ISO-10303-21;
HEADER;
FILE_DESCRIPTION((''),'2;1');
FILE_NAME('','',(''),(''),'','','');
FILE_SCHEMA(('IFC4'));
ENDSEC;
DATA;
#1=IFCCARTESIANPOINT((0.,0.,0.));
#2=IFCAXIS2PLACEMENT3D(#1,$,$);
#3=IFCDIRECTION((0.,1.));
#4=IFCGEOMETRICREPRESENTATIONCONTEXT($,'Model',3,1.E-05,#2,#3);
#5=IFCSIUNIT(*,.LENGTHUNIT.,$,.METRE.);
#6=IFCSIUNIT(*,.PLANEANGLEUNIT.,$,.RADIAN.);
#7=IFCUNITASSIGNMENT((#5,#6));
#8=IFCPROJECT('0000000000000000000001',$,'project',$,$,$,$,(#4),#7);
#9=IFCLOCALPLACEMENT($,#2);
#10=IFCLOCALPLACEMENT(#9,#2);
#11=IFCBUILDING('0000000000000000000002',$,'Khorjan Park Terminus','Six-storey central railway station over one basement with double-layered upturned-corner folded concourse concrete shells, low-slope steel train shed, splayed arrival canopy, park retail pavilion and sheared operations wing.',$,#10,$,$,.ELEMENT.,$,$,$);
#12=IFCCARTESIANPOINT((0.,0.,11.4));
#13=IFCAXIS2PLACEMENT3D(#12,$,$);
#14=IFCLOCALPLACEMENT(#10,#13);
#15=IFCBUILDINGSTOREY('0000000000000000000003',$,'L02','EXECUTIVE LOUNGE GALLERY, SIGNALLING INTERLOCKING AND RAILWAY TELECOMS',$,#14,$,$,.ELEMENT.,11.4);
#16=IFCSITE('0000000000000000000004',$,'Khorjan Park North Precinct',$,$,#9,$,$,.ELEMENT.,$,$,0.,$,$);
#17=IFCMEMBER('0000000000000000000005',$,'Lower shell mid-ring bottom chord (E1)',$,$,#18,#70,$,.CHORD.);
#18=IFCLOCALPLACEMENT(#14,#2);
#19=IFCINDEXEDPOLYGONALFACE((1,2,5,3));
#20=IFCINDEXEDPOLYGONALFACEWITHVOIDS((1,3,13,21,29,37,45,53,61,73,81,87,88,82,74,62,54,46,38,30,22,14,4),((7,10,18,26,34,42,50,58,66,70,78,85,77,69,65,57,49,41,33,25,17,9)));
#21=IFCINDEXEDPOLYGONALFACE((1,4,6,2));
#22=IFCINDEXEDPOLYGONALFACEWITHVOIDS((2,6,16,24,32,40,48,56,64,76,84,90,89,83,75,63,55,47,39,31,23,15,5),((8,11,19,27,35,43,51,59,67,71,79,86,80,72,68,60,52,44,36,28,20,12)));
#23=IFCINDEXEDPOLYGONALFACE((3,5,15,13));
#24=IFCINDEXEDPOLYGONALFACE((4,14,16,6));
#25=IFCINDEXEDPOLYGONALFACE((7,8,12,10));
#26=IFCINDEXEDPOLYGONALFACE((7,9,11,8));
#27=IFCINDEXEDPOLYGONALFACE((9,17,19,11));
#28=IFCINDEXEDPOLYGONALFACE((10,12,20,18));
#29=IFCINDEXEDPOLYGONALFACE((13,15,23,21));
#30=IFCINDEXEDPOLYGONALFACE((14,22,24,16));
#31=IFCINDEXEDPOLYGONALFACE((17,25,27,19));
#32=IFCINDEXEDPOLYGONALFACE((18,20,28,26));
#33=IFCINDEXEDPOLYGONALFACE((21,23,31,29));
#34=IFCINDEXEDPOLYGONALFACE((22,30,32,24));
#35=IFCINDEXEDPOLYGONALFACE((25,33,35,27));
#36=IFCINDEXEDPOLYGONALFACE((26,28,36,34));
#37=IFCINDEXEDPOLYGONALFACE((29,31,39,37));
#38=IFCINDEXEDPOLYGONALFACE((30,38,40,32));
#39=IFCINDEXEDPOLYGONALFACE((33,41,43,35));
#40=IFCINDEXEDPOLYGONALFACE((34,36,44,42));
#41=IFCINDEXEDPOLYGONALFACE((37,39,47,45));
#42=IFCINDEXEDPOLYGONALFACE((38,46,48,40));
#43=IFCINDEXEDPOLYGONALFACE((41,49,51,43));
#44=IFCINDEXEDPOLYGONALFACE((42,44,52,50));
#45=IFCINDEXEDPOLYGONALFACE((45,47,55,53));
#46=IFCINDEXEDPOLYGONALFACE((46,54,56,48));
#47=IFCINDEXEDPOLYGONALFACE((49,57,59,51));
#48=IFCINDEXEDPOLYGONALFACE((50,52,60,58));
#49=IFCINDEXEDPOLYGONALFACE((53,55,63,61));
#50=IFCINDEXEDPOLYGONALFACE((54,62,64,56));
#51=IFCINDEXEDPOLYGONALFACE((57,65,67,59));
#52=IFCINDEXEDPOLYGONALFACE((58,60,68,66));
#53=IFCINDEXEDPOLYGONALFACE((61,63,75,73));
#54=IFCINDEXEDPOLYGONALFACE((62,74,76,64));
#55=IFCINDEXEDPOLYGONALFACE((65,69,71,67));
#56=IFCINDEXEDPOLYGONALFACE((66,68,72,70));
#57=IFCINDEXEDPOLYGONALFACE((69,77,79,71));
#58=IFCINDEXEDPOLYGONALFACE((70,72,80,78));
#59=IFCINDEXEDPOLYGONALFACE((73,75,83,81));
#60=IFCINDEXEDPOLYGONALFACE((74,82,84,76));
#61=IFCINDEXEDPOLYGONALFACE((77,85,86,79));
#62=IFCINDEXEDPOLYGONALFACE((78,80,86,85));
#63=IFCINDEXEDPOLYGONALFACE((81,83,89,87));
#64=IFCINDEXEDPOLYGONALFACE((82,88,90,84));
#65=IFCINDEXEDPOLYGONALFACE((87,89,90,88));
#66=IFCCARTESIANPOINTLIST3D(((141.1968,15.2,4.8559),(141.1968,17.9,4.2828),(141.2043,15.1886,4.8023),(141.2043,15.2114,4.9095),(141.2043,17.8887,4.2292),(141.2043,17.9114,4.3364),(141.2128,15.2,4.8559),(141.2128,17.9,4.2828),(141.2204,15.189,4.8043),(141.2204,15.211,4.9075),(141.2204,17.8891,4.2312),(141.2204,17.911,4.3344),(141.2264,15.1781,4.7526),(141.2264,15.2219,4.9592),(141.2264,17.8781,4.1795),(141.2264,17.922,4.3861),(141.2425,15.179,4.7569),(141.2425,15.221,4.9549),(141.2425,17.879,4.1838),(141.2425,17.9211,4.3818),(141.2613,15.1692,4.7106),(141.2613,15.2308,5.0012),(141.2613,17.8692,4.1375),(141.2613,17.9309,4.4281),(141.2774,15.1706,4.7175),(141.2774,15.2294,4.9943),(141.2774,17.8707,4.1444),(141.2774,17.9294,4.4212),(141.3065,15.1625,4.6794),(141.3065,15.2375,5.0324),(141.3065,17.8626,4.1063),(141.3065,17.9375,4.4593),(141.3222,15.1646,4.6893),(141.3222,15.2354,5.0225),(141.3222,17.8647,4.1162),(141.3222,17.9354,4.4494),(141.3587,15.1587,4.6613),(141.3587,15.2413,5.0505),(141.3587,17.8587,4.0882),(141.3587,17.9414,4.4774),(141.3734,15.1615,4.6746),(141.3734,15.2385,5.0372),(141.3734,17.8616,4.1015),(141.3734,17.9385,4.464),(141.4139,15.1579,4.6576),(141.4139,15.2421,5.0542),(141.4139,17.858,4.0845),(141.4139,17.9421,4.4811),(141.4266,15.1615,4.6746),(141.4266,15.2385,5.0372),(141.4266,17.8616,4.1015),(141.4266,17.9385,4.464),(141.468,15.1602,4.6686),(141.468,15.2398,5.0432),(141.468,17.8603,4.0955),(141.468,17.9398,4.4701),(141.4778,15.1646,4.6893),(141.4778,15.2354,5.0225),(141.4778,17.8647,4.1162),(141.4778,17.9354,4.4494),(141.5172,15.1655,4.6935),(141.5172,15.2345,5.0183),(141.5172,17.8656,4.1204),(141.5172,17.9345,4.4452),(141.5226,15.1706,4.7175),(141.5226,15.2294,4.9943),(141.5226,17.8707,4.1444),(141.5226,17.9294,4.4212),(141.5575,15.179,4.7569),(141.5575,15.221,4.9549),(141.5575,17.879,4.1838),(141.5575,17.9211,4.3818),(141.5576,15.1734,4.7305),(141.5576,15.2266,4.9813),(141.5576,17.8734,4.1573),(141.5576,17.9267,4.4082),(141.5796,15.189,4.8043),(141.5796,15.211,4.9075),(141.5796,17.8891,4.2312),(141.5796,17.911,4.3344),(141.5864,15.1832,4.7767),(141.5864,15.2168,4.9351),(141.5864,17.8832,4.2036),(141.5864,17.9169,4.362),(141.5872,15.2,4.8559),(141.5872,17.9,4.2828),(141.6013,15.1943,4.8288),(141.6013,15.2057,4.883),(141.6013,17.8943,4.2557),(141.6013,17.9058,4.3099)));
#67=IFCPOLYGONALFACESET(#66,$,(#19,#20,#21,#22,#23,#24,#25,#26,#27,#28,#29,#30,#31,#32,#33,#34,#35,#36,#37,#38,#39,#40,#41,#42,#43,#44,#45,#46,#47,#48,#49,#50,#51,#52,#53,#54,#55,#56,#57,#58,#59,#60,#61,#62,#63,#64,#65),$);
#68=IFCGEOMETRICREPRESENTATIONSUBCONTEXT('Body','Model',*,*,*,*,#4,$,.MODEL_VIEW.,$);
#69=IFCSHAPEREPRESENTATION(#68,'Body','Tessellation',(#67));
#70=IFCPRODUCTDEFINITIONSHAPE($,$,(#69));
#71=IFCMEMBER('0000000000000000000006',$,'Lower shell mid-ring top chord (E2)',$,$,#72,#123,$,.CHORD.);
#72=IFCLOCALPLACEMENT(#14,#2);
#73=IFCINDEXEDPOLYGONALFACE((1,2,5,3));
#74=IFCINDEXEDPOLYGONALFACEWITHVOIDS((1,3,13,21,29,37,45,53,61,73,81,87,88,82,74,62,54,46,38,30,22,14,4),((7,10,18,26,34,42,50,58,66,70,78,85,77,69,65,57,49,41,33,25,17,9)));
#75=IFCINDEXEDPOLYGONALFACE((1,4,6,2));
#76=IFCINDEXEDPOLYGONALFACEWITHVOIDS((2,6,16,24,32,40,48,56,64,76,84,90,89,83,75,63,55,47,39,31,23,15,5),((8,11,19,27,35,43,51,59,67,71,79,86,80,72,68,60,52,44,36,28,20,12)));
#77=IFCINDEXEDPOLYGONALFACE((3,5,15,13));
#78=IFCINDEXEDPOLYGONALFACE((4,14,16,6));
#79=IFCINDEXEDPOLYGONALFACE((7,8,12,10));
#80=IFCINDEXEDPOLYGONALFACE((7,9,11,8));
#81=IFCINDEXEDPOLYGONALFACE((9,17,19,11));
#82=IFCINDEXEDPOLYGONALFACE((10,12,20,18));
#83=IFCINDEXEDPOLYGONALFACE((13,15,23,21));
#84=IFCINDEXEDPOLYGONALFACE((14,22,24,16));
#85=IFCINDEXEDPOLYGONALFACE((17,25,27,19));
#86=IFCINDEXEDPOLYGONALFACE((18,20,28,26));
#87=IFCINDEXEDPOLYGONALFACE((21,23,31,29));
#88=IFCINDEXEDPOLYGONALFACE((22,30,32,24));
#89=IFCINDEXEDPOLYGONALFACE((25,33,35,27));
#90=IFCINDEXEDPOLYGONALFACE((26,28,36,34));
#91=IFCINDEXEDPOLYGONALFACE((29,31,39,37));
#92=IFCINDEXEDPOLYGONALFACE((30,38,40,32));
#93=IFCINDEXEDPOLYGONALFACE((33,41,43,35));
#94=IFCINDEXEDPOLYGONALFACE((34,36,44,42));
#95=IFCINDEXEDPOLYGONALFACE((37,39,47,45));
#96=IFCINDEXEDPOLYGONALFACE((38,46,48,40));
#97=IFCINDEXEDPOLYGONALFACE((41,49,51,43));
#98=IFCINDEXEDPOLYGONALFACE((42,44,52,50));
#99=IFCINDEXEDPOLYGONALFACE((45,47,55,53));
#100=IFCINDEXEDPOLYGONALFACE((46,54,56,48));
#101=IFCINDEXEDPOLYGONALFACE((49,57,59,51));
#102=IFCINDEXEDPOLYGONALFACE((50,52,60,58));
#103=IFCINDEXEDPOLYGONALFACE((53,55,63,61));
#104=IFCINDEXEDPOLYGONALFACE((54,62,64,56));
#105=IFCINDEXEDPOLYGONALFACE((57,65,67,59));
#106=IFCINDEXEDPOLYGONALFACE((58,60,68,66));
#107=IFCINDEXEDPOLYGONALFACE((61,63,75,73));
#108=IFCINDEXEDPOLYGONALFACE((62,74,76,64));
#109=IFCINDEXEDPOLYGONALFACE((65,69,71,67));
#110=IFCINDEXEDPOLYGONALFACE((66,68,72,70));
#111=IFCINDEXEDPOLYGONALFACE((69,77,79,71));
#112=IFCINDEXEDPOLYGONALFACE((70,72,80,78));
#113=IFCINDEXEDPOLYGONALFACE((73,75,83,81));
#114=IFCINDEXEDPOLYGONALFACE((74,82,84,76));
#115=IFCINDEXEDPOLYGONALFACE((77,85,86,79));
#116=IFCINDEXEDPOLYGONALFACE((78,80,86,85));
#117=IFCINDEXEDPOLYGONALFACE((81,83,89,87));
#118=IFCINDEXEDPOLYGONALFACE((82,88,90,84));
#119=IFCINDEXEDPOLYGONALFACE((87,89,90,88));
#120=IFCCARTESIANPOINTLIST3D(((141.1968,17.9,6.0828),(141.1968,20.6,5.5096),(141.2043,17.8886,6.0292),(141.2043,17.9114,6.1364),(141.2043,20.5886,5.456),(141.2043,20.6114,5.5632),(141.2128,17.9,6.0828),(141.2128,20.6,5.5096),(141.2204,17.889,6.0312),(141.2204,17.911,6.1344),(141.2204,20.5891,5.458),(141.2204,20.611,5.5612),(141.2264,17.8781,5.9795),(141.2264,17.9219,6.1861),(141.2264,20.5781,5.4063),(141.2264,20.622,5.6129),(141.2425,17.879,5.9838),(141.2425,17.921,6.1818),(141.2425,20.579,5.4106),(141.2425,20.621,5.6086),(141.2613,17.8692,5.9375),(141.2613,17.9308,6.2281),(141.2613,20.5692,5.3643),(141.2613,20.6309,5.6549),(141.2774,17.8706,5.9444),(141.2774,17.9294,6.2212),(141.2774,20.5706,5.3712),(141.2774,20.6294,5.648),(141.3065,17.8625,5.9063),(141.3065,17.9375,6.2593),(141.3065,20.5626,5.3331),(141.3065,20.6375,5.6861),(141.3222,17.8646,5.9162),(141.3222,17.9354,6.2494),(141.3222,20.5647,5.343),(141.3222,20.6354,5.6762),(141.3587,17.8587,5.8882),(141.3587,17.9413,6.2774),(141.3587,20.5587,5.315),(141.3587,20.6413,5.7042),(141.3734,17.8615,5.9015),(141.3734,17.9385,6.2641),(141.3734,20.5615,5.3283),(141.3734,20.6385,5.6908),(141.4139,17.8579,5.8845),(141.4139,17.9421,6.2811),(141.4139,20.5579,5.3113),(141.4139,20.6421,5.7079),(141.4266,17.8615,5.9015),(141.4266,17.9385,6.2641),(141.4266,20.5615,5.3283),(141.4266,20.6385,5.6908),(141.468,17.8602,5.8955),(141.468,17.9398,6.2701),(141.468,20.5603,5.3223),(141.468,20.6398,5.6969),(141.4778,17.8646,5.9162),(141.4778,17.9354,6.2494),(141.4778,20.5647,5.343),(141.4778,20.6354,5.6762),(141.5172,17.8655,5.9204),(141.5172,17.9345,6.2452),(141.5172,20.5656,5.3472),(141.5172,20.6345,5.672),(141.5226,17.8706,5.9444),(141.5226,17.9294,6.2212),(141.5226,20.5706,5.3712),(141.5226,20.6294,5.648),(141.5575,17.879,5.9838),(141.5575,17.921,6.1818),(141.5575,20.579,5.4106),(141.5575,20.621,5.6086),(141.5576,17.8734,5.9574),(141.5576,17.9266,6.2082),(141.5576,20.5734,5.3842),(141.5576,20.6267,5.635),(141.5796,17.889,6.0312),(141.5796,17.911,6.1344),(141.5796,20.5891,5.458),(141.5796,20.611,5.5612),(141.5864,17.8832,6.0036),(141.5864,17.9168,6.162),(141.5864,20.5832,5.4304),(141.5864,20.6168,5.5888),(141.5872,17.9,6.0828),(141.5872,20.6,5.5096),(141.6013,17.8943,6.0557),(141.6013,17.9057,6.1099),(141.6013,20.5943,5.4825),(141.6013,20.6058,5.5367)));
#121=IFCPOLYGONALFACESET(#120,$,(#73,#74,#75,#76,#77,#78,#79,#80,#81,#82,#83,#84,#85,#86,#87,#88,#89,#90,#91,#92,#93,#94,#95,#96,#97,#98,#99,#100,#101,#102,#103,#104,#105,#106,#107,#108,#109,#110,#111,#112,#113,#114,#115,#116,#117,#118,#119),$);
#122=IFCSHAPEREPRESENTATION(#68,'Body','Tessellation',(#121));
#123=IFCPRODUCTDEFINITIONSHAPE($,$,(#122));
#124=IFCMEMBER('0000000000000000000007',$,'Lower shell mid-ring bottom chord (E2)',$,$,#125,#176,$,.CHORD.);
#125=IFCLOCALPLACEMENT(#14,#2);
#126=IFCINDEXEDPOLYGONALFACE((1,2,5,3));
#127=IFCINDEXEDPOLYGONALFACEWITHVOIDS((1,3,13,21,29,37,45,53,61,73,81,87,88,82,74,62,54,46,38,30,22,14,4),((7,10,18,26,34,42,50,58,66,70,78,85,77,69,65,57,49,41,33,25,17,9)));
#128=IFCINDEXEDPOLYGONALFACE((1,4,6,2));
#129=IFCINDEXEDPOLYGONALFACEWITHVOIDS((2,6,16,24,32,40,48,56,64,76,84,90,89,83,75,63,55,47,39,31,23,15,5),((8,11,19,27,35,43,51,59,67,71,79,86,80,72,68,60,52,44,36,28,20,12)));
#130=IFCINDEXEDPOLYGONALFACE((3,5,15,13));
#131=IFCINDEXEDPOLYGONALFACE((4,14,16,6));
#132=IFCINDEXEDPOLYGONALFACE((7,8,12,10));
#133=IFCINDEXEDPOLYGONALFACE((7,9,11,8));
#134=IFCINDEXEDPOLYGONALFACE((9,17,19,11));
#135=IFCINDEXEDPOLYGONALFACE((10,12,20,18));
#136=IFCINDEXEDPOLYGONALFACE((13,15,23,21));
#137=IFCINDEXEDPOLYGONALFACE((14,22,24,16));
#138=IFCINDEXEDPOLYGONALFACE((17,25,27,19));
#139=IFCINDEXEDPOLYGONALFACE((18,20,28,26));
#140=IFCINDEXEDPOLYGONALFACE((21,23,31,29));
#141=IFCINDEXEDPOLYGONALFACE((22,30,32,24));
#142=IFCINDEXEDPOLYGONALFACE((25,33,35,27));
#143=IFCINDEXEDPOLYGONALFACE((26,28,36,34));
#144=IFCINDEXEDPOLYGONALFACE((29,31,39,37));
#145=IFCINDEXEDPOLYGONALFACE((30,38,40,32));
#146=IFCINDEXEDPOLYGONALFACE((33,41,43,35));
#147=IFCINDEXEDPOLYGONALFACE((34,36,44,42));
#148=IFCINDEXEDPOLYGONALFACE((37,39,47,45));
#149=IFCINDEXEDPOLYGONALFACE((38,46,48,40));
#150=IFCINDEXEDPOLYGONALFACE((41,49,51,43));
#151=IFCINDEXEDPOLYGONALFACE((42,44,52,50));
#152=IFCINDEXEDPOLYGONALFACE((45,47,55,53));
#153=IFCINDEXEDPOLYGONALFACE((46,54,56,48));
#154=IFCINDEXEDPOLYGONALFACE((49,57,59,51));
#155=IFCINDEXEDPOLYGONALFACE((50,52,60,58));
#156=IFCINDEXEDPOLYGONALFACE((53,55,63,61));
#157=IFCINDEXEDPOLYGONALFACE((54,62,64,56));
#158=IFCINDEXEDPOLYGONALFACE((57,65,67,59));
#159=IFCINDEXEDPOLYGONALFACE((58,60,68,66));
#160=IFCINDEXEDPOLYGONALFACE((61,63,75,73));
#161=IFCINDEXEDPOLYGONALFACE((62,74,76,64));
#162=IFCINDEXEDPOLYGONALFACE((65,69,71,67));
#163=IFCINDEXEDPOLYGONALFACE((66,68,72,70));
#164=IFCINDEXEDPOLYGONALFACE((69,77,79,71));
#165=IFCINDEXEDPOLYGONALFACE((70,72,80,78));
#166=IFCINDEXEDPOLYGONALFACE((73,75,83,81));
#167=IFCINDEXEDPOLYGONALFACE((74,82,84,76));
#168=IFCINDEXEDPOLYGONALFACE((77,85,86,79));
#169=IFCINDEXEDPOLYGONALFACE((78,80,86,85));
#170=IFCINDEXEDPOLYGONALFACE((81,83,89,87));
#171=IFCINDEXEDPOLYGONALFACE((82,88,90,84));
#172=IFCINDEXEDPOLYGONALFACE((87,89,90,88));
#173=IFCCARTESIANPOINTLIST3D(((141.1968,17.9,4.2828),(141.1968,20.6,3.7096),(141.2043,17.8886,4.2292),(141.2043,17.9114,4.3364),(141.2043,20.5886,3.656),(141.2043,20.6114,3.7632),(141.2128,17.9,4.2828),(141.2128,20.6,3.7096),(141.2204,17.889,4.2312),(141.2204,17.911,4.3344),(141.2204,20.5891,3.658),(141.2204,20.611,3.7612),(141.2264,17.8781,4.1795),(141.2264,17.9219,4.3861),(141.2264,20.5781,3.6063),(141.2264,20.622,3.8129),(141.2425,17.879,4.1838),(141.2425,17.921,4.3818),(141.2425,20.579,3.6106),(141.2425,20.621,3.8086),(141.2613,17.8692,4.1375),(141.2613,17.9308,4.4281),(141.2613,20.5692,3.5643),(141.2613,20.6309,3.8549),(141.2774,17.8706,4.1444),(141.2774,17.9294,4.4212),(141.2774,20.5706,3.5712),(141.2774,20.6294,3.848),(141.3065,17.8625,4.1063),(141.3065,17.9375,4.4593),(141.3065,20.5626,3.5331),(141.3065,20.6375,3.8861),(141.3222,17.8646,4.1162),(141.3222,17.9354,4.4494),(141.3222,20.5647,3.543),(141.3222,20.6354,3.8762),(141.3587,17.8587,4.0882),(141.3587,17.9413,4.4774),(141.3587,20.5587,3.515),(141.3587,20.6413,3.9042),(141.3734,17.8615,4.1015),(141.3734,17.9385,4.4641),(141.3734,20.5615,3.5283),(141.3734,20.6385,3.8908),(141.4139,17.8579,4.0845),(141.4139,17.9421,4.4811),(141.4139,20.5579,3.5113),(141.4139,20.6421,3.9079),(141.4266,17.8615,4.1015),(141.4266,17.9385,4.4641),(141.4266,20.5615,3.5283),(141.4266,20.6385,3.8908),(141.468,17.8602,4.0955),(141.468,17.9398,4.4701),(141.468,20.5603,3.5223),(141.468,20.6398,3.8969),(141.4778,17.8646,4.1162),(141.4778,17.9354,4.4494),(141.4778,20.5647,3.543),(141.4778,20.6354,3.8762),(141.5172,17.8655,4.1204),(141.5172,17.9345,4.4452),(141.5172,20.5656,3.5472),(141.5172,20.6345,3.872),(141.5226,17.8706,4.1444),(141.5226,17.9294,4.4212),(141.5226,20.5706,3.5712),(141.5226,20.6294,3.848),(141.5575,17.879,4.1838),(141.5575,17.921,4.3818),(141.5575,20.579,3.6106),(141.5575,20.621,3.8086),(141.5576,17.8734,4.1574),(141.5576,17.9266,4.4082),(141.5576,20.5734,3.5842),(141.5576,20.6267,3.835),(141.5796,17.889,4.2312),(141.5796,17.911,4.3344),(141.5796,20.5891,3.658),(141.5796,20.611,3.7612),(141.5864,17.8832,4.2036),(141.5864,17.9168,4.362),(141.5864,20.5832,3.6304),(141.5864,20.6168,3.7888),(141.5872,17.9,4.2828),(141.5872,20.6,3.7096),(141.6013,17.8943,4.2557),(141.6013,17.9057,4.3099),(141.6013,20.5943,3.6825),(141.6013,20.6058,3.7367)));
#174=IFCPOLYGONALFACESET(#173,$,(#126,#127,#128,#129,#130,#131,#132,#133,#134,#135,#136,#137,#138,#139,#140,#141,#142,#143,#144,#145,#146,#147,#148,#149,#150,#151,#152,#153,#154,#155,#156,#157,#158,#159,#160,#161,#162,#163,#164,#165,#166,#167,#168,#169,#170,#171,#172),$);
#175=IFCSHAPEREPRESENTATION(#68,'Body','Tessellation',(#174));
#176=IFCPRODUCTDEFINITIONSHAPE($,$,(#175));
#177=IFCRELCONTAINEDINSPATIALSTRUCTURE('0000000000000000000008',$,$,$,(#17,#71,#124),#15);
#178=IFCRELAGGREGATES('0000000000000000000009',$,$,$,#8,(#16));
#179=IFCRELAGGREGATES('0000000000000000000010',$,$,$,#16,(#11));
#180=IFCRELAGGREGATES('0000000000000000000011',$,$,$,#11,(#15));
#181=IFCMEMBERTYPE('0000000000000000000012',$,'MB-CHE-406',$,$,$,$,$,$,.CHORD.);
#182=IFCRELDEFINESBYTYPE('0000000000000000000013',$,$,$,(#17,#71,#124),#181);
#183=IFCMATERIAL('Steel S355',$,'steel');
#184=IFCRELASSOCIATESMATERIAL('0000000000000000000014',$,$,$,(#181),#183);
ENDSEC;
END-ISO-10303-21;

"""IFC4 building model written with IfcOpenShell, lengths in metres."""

from ifc_helpers import new_model, si_unit, direction, frame, origin, origin_2d, place, context, subcontext, project, spatial, hollow_circle, extrude, material, material_profile, profile_set, type_object, element, save


model = new_model("IFC4")

# Units and contexts
model_context = context("Model", 3, precision=1e-05, world=origin(), true_north=direction((0.0, 1.0)))
body_context = subcontext(model_context, "Body", "Model", "MODEL_VIEW")
ifc_project = project(units=[si_unit("LENGTHUNIT", "METRE"), si_unit("PLANEANGLEUNIT", "RADIAN")], contexts=[model_context])

# Site, building, storey
site_placement = place(None, origin())
site = spatial("IfcSite", under=ifc_project, at=site_placement, Name="Khorjan Park North Precinct", CompositionType="ELEMENT", RefElevation=0.0)
building_placement = place(site_placement, origin())
building = spatial("IfcBuilding", under=site, at=building_placement, Name="Khorjan Park Terminus", Description="Six-storey central railway station over one basement with double-layered upturned-corner folded concourse concrete shells, low-slope steel train shed, splayed arrival canopy, park retail pavilion and sheared operations wing.", CompositionType="ELEMENT")
storey_placement = place(building_placement, frame((0.0, 0.0, 11.4)))
storey = spatial("IfcBuildingStorey", under=building, at=storey_placement, Name="L02", Description="EXECUTIVE LOUNGE GALLERY, SIGNALLING INTERLOCKING AND RAILWAY TELECOMS", CompositionType="ELEMENT", Elevation=11.4)

# Members
ifc_material_1 = material(Name="Steel S355", Category="steel")
ifc_material_profile_1 = material_profile(ifc_material_1, hollow_circle(Radius=0.2032, WallThickness=0.016, at=origin_2d()), Name="CHS 406.4x16")
ifc_profile_set_1 = profile_set([ifc_material_profile_1], Name="Steel S355")
member_type_1 = type_object("IfcMemberType", Name="MB-CHE-406", PredefinedType="CHORD", material=ifc_profile_set_1)
for number, where, z_axis, x_axis, name in (
    (1, (141.4, 15.2, 4.8559), (0.0, 0.978207, -0.207633), (-1.0, 0.0, 0.0), "Lower shell mid-ring bottom chord (E1)"),
    (2, (141.4, 17.9, 6.0828), (0.0, 0.978199, -0.207668), (-1.0, 0.0, 0.0), "Lower shell mid-ring top chord (E2)"),
    (3, (141.4, 17.9, 4.2828), (0.0, 0.978199, -0.207668), (-1.0, 0.0, 0.0), "Lower shell mid-ring bottom chord (E2)"),
):
    element("IfcMember", number, at=place(storey_placement, frame(where, z_axis=z_axis, x_axis=x_axis)), inside=storey, type_object=member_type_1, Name=name, PredefinedType="CHORD", context=body_context, shape_type="SweptSolid", body=[
        extrude(hollow_circle(Radius=0.2032, WallThickness=0.016, at=origin_2d()), origin(), (0.0, 0.0, 1.0), 2.7602),
    ])

save(model, "model.ifc")
